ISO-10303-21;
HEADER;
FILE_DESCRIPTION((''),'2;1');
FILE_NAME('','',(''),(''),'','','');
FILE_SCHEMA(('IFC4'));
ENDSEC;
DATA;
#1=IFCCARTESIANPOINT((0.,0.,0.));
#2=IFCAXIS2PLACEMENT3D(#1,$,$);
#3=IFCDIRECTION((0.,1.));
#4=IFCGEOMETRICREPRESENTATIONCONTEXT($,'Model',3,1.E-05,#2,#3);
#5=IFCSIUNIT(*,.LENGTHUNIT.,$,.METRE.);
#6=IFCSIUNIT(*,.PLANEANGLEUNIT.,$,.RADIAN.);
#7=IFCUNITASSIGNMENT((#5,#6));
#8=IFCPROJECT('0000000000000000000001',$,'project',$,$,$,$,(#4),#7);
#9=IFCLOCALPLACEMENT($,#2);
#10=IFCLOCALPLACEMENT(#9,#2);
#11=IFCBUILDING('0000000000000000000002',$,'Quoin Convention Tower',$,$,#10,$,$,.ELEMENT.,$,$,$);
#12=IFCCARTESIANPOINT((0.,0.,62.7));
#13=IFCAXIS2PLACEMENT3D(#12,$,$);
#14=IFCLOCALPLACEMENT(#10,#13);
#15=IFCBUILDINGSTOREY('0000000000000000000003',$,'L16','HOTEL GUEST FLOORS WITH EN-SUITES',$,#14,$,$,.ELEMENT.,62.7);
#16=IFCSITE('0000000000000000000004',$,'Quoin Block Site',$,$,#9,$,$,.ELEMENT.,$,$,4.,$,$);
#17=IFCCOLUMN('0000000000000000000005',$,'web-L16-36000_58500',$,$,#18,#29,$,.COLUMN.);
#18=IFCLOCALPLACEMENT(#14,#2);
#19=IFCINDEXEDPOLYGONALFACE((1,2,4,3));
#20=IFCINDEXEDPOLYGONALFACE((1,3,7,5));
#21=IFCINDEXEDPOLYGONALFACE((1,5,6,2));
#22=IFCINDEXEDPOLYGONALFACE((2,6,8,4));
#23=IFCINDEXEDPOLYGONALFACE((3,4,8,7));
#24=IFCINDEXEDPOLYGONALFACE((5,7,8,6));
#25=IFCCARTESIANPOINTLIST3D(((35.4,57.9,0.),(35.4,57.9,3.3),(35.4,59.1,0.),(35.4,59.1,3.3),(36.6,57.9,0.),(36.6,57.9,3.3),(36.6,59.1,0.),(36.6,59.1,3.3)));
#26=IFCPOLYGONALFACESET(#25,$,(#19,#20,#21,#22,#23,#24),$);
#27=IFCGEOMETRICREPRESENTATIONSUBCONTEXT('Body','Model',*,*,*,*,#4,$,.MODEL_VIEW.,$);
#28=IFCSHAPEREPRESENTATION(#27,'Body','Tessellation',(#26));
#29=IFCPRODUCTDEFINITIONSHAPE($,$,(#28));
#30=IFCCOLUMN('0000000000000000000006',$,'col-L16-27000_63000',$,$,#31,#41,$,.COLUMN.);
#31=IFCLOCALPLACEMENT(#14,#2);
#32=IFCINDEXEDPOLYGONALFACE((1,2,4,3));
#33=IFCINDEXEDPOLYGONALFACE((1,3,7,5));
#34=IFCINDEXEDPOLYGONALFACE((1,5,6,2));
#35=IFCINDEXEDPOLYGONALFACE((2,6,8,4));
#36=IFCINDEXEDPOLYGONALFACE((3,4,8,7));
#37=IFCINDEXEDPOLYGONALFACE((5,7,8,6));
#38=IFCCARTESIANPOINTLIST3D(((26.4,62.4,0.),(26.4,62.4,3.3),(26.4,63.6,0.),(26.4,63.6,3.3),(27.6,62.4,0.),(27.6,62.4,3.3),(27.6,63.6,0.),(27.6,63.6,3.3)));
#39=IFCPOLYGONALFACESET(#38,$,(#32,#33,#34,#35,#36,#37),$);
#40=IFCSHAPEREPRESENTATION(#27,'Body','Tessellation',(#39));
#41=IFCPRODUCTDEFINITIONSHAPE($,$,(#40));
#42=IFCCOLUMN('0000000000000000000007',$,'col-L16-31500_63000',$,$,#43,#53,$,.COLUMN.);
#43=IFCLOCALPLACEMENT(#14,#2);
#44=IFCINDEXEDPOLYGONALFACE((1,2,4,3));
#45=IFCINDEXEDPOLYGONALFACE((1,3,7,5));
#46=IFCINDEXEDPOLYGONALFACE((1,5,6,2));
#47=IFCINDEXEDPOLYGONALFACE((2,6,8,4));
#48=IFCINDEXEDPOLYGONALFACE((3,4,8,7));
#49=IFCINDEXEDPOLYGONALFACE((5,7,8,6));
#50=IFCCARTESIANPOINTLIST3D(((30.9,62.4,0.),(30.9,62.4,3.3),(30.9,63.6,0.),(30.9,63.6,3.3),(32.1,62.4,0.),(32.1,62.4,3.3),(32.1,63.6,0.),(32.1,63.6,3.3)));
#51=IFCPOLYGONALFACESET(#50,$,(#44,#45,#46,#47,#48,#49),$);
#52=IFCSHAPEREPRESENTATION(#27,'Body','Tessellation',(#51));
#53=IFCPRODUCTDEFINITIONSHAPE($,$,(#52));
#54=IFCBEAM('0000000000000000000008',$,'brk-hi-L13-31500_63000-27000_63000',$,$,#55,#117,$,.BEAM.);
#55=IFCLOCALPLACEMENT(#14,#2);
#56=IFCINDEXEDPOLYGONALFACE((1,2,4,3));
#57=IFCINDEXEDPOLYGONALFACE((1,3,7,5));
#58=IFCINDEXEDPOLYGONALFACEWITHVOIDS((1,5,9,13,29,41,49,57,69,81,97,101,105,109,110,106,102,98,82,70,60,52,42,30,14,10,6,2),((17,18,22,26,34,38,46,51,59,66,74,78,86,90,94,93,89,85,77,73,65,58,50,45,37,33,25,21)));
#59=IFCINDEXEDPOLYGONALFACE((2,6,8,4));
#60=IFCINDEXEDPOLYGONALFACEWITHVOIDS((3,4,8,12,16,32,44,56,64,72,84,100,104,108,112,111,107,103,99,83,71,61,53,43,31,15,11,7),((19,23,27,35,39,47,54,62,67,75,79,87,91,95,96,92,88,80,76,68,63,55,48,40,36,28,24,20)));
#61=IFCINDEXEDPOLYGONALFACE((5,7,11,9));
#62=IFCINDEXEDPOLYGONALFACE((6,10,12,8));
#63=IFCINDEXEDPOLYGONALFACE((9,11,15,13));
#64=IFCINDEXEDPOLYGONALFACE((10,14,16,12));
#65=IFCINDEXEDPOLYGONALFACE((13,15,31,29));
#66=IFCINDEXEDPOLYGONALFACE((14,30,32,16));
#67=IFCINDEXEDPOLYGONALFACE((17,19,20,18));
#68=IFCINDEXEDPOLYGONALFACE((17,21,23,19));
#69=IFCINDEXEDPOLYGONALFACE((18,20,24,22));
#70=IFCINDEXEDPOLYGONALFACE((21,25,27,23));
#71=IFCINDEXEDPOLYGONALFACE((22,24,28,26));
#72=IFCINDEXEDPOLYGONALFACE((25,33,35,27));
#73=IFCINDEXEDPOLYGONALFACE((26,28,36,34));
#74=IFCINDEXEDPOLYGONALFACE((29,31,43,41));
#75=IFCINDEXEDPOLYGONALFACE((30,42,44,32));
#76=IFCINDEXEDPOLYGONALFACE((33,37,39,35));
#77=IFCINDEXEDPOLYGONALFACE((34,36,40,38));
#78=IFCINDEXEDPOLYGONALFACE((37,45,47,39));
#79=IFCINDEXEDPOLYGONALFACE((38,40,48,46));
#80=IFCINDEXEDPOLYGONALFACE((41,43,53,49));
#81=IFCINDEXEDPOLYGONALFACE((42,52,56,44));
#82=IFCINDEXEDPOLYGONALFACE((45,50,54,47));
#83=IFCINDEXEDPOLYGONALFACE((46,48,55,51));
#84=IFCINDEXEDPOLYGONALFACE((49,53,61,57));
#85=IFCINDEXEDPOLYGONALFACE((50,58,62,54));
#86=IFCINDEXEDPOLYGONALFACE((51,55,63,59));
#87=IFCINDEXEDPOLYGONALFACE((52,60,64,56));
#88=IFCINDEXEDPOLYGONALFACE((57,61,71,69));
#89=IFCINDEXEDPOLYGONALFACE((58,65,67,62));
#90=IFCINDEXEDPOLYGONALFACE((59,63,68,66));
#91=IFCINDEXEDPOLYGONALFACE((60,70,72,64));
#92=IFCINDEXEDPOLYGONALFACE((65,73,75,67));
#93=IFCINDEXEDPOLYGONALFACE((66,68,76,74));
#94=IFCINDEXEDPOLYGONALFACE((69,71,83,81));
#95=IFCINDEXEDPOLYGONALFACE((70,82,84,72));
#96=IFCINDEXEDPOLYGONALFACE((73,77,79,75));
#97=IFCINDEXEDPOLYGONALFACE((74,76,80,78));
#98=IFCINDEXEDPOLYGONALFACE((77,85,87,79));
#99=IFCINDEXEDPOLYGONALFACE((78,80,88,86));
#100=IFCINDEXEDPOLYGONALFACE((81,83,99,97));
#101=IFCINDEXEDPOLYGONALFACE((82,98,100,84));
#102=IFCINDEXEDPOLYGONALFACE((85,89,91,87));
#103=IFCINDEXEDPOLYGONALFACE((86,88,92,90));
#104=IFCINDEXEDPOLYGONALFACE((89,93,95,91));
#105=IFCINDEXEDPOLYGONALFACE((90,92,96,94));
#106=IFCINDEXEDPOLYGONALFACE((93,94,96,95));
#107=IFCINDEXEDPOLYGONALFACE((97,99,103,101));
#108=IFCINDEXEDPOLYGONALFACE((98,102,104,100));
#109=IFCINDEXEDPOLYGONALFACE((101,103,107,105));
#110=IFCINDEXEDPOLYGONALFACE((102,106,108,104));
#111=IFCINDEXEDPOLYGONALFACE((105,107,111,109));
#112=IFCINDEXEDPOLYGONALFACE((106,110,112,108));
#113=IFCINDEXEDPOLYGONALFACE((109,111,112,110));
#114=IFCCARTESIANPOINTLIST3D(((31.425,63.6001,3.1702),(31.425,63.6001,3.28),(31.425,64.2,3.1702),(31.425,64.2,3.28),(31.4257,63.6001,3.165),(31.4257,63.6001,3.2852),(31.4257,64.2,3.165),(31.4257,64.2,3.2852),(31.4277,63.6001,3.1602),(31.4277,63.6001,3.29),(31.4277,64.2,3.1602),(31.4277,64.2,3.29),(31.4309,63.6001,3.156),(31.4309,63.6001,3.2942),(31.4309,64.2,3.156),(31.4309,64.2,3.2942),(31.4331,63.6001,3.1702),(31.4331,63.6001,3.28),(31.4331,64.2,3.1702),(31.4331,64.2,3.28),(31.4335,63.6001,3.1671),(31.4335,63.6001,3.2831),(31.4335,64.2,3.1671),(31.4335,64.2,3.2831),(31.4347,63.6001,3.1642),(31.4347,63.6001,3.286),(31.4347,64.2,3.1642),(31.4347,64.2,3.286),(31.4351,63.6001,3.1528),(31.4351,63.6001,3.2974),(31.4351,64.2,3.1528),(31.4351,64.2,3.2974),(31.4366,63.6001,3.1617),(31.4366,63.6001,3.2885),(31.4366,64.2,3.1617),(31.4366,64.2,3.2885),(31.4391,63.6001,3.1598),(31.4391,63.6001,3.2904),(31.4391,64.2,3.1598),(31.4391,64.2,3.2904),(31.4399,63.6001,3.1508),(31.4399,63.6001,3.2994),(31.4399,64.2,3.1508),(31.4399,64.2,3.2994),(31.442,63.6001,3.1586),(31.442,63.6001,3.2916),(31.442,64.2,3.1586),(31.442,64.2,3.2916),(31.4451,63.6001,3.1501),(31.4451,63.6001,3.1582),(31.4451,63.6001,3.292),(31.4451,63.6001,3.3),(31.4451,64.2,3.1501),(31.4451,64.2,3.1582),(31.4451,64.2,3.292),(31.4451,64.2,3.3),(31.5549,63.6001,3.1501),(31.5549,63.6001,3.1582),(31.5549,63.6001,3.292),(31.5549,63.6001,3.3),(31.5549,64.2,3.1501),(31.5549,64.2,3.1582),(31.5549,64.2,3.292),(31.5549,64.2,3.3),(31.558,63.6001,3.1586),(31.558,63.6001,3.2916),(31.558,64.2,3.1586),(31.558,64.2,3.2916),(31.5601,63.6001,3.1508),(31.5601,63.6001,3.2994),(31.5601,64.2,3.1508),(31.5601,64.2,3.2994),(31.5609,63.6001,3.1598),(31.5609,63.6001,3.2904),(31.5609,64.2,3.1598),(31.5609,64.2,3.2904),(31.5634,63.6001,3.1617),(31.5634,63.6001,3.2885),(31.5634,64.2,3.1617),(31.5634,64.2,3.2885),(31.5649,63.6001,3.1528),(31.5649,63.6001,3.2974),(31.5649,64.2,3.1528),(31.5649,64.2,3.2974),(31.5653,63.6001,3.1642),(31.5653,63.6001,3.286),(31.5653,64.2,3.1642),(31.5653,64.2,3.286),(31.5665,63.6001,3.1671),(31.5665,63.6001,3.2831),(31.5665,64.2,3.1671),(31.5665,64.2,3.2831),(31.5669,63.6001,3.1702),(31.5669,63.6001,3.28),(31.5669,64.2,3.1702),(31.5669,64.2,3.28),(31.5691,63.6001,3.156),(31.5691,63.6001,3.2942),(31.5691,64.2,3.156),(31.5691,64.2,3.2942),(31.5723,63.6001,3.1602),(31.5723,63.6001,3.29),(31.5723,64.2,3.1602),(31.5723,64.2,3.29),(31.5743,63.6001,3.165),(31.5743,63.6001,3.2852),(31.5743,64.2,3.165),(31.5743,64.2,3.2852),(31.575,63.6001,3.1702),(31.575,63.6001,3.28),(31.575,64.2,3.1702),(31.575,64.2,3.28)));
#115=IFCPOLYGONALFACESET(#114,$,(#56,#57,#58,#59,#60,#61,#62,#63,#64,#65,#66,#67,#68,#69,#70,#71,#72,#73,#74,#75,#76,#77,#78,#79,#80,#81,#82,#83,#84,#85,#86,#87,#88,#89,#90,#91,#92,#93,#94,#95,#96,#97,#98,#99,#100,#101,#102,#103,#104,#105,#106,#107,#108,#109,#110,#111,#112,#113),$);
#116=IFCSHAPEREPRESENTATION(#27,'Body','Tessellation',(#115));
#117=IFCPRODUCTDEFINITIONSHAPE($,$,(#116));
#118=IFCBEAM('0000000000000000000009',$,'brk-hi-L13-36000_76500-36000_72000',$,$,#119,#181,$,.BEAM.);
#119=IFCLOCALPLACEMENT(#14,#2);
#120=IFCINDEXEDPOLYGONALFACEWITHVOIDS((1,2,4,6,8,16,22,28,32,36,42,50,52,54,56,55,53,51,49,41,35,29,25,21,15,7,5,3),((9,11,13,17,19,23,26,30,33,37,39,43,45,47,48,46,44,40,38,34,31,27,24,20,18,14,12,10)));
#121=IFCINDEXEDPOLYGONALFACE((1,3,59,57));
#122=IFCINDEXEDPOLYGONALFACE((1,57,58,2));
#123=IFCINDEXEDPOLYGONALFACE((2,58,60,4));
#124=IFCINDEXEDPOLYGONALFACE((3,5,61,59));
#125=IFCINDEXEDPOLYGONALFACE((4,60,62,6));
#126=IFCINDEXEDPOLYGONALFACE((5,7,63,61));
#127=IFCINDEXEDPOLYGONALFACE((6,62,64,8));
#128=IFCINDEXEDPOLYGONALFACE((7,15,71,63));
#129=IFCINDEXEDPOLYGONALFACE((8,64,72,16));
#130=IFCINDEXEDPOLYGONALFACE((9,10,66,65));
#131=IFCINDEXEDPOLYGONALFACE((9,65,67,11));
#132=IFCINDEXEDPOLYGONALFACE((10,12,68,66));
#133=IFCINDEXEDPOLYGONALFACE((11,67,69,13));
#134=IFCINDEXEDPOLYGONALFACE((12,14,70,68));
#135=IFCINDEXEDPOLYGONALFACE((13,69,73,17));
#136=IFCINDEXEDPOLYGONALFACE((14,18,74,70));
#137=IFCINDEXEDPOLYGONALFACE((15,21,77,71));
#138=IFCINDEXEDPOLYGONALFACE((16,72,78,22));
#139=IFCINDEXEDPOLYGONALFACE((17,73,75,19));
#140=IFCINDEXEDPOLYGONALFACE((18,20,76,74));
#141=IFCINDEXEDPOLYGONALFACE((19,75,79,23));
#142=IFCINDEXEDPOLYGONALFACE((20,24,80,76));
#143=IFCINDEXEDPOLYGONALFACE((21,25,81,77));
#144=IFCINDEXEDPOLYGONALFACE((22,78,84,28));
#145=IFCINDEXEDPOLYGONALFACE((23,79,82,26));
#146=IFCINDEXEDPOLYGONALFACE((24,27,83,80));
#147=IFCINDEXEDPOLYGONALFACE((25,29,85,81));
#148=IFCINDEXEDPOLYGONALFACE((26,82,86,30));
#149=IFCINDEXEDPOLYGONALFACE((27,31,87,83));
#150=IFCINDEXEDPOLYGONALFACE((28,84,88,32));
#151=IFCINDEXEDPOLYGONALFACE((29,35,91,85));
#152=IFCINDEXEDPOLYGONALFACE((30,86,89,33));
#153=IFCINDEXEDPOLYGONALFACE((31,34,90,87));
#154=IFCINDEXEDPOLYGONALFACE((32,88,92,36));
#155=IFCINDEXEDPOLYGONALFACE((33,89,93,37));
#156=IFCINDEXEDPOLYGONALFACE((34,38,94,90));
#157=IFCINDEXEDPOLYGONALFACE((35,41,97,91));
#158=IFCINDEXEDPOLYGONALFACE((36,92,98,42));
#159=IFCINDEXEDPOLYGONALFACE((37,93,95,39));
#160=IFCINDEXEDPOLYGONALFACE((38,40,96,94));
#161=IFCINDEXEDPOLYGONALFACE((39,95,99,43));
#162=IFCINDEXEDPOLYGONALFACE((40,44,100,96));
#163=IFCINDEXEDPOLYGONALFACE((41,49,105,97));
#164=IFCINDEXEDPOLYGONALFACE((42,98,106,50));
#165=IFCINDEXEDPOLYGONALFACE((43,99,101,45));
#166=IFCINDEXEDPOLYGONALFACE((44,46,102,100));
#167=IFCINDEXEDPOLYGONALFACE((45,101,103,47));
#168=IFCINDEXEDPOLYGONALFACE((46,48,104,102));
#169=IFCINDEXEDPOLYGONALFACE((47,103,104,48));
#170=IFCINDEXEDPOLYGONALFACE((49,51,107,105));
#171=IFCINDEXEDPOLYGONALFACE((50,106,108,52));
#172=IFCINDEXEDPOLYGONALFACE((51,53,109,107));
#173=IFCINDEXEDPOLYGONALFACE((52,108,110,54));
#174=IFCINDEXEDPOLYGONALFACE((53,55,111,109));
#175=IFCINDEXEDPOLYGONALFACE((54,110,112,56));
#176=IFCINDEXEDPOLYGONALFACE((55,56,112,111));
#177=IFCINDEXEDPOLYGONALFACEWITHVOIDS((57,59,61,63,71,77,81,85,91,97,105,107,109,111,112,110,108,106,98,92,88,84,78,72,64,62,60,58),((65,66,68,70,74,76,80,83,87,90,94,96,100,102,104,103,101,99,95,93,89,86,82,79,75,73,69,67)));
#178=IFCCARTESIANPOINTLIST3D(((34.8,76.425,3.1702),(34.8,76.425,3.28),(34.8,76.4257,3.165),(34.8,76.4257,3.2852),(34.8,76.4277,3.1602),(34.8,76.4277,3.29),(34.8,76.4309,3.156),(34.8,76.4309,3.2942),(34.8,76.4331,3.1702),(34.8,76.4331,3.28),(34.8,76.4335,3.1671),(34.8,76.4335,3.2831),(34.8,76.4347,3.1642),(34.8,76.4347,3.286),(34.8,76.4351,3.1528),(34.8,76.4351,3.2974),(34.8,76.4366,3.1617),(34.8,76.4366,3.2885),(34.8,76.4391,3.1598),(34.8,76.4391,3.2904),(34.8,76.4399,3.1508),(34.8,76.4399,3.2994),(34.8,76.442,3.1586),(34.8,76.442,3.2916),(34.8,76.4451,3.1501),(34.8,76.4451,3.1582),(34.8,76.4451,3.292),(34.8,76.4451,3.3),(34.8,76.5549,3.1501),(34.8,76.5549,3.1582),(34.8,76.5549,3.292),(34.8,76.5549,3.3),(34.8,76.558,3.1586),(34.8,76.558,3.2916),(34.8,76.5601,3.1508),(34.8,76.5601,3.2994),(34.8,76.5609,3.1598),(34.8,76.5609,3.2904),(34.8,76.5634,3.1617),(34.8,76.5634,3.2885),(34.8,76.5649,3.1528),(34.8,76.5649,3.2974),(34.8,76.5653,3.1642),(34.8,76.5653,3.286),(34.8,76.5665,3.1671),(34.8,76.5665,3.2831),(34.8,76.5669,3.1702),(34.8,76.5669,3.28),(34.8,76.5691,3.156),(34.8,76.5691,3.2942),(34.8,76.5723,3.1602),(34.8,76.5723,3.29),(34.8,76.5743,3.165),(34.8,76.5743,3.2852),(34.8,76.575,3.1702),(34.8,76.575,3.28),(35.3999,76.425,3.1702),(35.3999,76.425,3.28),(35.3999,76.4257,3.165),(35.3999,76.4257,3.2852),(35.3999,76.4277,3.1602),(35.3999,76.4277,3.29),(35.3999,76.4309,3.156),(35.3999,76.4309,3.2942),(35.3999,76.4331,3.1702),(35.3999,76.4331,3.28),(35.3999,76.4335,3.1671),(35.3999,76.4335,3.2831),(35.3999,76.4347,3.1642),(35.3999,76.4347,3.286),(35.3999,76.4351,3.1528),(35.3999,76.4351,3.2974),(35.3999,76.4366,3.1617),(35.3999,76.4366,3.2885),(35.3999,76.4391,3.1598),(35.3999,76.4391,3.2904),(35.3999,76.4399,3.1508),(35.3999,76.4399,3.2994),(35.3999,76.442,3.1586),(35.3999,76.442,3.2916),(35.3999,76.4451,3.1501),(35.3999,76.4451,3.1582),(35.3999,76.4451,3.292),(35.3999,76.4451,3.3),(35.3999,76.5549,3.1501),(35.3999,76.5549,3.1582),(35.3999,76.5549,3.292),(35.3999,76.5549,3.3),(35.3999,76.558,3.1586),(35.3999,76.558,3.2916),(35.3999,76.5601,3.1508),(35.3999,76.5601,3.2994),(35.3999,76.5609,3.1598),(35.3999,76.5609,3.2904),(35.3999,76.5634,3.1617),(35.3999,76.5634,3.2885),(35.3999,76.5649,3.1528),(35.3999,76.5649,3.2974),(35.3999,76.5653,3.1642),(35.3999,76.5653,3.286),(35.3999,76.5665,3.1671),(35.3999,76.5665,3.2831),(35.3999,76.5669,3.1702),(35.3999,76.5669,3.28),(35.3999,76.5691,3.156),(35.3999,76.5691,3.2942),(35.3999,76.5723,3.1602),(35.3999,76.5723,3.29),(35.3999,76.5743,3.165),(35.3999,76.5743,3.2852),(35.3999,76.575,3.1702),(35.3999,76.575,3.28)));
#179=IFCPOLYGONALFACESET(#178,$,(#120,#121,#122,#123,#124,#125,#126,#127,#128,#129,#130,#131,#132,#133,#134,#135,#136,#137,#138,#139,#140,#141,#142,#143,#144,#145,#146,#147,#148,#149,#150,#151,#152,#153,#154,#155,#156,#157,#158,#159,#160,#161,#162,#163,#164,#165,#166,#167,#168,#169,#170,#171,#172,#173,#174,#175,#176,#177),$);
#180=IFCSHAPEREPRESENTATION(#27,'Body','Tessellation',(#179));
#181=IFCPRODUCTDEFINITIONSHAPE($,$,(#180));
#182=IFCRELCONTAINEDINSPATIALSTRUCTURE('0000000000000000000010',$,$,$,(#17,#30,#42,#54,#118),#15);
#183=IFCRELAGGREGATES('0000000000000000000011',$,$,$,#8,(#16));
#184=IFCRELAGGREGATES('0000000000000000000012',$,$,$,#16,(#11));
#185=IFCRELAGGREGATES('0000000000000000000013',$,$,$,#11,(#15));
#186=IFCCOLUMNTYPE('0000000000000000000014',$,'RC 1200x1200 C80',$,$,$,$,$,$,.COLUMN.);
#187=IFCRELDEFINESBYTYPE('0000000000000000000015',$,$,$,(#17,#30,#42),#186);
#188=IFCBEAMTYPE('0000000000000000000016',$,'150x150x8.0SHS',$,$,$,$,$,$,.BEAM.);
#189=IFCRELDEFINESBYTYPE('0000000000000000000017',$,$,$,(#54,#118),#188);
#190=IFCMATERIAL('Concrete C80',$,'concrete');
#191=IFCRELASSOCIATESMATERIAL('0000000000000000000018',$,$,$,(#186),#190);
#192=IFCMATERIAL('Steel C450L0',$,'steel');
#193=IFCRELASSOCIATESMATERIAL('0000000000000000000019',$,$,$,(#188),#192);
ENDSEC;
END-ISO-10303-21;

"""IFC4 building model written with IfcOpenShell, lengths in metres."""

from ifc_helpers import new_model, si_unit, direction, frame, origin, origin_2d, place, context, subcontext, project, spatial, rectangle, hollow_rectangle, extrude, material, material_profile, profile_set, type_object, element, save


model = new_model("IFC4")

# Units and contexts
model_context = context("Model", 3, precision=1e-05, world=origin(), true_north=direction((0.0, 1.0)))
body_context = subcontext(model_context, "Body", "Model", "MODEL_VIEW")
ifc_project = project(units=[si_unit("LENGTHUNIT", "METRE"), si_unit("PLANEANGLEUNIT", "RADIAN")], contexts=[model_context])

# Site, building, storey
site_placement = place(None, origin())
site = spatial("IfcSite", under=ifc_project, at=site_placement, Name="Quoin Block Site", CompositionType="ELEMENT", RefElevation=4.0)
building_placement = place(site_placement, origin())
building = spatial("IfcBuilding", under=site, at=building_placement, Name="Quoin Convention Tower", CompositionType="ELEMENT")
storey_placement = place(building_placement, frame((0.0, 0.0, 62.7)))
storey = spatial("IfcBuildingStorey", under=building, at=storey_placement, Name="L16", Description="HOTEL GUEST FLOORS WITH EN-SUITES", CompositionType="ELEMENT", Elevation=62.7)

# Columns
ifc_material_1 = material(Name="Concrete C80", Category="concrete")
ifc_material_profile_1 = material_profile(ifc_material_1, rectangle(XDim=1.2, YDim=1.2, at=origin_2d()), Name="RC 1200x1200")
ifc_profile_set_1 = profile_set([ifc_material_profile_1], Name="Concrete C80")
column_type = type_object("IfcColumnType", Name="RC 1200x1200 C80", PredefinedType="COLUMN", material=ifc_profile_set_1)
for number, where, z_axis, x_axis, name in (
    (1, (36.0, 58.5, 0.0), (0.0, 0.0, 1.0), (1.0, 0.0, 0.0), "web-L16-36000_58500"),
    (2, (27.0, 63.0, 0.0), (0.0, 0.0, 1.0), (1.0, 0.0, 0.0), "col-L16-27000_63000"),
    (3, (31.5, 63.0, 0.0), (0.0, 0.0, 1.0), (1.0, 0.0, 0.0), "col-L16-31500_63000"),
):
    element("IfcColumn", number, at=place(storey_placement, frame(where, z_axis=z_axis, x_axis=x_axis)), inside=storey, type_object=column_type, Name=name, PredefinedType="COLUMN", context=body_context, shape_type="SweptSolid", body=[
        extrude(rectangle(XDim=1.2, YDim=1.2, at=origin_2d()), origin(), (0.0, 0.0, 1.0), 3.3),
    ])

# Beams
ifc_material_2 = material(Name="Steel C450L0", Category="steel")
ifc_material_profile_2 = material_profile(ifc_material_2, hollow_rectangle(XDim=0.1499, YDim=0.1499, WallThickness=0.0081, InnerFilletRadius=0.012, OuterFilletRadius=0.02, at=origin_2d()), Name="150x150x8.0SHS")
ifc_profile_set_2 = profile_set([ifc_material_profile_2], Name="Steel C450L0")
beam_type_1 = type_object("IfcBeamType", Name="150x150x8.0SHS", PredefinedType="BEAM", material=ifc_profile_set_2)
for number, where, z_axis, x_axis, name in (
    (4, (31.5, 63.6001, 3.2251), (0.0, 1.0, 0.0), (-1.0, 0.0, 0.0), "brk-hi-L13-31500_63000-27000_63000"),
    (5, (35.3999, 76.5, 3.2251), (-1.0, 0.0, 0.0), (0.0, -1.0, 0.0), "brk-hi-L13-36000_76500-36000_72000"),
):
    element("IfcBeam", number, at=place(storey_placement, frame(where, z_axis=z_axis, x_axis=x_axis)), inside=storey, type_object=beam_type_1, Name=name, PredefinedType="BEAM", context=body_context, shape_type="SweptSolid", body=[
        extrude(hollow_rectangle(XDim=0.1499, YDim=0.1499, WallThickness=0.0081, InnerFilletRadius=0.012, OuterFilletRadius=0.02, at=origin_2d()), origin(), (0.0, 0.0, 1.0), 0.5999),
    ])

save(model, "model.ifc")
